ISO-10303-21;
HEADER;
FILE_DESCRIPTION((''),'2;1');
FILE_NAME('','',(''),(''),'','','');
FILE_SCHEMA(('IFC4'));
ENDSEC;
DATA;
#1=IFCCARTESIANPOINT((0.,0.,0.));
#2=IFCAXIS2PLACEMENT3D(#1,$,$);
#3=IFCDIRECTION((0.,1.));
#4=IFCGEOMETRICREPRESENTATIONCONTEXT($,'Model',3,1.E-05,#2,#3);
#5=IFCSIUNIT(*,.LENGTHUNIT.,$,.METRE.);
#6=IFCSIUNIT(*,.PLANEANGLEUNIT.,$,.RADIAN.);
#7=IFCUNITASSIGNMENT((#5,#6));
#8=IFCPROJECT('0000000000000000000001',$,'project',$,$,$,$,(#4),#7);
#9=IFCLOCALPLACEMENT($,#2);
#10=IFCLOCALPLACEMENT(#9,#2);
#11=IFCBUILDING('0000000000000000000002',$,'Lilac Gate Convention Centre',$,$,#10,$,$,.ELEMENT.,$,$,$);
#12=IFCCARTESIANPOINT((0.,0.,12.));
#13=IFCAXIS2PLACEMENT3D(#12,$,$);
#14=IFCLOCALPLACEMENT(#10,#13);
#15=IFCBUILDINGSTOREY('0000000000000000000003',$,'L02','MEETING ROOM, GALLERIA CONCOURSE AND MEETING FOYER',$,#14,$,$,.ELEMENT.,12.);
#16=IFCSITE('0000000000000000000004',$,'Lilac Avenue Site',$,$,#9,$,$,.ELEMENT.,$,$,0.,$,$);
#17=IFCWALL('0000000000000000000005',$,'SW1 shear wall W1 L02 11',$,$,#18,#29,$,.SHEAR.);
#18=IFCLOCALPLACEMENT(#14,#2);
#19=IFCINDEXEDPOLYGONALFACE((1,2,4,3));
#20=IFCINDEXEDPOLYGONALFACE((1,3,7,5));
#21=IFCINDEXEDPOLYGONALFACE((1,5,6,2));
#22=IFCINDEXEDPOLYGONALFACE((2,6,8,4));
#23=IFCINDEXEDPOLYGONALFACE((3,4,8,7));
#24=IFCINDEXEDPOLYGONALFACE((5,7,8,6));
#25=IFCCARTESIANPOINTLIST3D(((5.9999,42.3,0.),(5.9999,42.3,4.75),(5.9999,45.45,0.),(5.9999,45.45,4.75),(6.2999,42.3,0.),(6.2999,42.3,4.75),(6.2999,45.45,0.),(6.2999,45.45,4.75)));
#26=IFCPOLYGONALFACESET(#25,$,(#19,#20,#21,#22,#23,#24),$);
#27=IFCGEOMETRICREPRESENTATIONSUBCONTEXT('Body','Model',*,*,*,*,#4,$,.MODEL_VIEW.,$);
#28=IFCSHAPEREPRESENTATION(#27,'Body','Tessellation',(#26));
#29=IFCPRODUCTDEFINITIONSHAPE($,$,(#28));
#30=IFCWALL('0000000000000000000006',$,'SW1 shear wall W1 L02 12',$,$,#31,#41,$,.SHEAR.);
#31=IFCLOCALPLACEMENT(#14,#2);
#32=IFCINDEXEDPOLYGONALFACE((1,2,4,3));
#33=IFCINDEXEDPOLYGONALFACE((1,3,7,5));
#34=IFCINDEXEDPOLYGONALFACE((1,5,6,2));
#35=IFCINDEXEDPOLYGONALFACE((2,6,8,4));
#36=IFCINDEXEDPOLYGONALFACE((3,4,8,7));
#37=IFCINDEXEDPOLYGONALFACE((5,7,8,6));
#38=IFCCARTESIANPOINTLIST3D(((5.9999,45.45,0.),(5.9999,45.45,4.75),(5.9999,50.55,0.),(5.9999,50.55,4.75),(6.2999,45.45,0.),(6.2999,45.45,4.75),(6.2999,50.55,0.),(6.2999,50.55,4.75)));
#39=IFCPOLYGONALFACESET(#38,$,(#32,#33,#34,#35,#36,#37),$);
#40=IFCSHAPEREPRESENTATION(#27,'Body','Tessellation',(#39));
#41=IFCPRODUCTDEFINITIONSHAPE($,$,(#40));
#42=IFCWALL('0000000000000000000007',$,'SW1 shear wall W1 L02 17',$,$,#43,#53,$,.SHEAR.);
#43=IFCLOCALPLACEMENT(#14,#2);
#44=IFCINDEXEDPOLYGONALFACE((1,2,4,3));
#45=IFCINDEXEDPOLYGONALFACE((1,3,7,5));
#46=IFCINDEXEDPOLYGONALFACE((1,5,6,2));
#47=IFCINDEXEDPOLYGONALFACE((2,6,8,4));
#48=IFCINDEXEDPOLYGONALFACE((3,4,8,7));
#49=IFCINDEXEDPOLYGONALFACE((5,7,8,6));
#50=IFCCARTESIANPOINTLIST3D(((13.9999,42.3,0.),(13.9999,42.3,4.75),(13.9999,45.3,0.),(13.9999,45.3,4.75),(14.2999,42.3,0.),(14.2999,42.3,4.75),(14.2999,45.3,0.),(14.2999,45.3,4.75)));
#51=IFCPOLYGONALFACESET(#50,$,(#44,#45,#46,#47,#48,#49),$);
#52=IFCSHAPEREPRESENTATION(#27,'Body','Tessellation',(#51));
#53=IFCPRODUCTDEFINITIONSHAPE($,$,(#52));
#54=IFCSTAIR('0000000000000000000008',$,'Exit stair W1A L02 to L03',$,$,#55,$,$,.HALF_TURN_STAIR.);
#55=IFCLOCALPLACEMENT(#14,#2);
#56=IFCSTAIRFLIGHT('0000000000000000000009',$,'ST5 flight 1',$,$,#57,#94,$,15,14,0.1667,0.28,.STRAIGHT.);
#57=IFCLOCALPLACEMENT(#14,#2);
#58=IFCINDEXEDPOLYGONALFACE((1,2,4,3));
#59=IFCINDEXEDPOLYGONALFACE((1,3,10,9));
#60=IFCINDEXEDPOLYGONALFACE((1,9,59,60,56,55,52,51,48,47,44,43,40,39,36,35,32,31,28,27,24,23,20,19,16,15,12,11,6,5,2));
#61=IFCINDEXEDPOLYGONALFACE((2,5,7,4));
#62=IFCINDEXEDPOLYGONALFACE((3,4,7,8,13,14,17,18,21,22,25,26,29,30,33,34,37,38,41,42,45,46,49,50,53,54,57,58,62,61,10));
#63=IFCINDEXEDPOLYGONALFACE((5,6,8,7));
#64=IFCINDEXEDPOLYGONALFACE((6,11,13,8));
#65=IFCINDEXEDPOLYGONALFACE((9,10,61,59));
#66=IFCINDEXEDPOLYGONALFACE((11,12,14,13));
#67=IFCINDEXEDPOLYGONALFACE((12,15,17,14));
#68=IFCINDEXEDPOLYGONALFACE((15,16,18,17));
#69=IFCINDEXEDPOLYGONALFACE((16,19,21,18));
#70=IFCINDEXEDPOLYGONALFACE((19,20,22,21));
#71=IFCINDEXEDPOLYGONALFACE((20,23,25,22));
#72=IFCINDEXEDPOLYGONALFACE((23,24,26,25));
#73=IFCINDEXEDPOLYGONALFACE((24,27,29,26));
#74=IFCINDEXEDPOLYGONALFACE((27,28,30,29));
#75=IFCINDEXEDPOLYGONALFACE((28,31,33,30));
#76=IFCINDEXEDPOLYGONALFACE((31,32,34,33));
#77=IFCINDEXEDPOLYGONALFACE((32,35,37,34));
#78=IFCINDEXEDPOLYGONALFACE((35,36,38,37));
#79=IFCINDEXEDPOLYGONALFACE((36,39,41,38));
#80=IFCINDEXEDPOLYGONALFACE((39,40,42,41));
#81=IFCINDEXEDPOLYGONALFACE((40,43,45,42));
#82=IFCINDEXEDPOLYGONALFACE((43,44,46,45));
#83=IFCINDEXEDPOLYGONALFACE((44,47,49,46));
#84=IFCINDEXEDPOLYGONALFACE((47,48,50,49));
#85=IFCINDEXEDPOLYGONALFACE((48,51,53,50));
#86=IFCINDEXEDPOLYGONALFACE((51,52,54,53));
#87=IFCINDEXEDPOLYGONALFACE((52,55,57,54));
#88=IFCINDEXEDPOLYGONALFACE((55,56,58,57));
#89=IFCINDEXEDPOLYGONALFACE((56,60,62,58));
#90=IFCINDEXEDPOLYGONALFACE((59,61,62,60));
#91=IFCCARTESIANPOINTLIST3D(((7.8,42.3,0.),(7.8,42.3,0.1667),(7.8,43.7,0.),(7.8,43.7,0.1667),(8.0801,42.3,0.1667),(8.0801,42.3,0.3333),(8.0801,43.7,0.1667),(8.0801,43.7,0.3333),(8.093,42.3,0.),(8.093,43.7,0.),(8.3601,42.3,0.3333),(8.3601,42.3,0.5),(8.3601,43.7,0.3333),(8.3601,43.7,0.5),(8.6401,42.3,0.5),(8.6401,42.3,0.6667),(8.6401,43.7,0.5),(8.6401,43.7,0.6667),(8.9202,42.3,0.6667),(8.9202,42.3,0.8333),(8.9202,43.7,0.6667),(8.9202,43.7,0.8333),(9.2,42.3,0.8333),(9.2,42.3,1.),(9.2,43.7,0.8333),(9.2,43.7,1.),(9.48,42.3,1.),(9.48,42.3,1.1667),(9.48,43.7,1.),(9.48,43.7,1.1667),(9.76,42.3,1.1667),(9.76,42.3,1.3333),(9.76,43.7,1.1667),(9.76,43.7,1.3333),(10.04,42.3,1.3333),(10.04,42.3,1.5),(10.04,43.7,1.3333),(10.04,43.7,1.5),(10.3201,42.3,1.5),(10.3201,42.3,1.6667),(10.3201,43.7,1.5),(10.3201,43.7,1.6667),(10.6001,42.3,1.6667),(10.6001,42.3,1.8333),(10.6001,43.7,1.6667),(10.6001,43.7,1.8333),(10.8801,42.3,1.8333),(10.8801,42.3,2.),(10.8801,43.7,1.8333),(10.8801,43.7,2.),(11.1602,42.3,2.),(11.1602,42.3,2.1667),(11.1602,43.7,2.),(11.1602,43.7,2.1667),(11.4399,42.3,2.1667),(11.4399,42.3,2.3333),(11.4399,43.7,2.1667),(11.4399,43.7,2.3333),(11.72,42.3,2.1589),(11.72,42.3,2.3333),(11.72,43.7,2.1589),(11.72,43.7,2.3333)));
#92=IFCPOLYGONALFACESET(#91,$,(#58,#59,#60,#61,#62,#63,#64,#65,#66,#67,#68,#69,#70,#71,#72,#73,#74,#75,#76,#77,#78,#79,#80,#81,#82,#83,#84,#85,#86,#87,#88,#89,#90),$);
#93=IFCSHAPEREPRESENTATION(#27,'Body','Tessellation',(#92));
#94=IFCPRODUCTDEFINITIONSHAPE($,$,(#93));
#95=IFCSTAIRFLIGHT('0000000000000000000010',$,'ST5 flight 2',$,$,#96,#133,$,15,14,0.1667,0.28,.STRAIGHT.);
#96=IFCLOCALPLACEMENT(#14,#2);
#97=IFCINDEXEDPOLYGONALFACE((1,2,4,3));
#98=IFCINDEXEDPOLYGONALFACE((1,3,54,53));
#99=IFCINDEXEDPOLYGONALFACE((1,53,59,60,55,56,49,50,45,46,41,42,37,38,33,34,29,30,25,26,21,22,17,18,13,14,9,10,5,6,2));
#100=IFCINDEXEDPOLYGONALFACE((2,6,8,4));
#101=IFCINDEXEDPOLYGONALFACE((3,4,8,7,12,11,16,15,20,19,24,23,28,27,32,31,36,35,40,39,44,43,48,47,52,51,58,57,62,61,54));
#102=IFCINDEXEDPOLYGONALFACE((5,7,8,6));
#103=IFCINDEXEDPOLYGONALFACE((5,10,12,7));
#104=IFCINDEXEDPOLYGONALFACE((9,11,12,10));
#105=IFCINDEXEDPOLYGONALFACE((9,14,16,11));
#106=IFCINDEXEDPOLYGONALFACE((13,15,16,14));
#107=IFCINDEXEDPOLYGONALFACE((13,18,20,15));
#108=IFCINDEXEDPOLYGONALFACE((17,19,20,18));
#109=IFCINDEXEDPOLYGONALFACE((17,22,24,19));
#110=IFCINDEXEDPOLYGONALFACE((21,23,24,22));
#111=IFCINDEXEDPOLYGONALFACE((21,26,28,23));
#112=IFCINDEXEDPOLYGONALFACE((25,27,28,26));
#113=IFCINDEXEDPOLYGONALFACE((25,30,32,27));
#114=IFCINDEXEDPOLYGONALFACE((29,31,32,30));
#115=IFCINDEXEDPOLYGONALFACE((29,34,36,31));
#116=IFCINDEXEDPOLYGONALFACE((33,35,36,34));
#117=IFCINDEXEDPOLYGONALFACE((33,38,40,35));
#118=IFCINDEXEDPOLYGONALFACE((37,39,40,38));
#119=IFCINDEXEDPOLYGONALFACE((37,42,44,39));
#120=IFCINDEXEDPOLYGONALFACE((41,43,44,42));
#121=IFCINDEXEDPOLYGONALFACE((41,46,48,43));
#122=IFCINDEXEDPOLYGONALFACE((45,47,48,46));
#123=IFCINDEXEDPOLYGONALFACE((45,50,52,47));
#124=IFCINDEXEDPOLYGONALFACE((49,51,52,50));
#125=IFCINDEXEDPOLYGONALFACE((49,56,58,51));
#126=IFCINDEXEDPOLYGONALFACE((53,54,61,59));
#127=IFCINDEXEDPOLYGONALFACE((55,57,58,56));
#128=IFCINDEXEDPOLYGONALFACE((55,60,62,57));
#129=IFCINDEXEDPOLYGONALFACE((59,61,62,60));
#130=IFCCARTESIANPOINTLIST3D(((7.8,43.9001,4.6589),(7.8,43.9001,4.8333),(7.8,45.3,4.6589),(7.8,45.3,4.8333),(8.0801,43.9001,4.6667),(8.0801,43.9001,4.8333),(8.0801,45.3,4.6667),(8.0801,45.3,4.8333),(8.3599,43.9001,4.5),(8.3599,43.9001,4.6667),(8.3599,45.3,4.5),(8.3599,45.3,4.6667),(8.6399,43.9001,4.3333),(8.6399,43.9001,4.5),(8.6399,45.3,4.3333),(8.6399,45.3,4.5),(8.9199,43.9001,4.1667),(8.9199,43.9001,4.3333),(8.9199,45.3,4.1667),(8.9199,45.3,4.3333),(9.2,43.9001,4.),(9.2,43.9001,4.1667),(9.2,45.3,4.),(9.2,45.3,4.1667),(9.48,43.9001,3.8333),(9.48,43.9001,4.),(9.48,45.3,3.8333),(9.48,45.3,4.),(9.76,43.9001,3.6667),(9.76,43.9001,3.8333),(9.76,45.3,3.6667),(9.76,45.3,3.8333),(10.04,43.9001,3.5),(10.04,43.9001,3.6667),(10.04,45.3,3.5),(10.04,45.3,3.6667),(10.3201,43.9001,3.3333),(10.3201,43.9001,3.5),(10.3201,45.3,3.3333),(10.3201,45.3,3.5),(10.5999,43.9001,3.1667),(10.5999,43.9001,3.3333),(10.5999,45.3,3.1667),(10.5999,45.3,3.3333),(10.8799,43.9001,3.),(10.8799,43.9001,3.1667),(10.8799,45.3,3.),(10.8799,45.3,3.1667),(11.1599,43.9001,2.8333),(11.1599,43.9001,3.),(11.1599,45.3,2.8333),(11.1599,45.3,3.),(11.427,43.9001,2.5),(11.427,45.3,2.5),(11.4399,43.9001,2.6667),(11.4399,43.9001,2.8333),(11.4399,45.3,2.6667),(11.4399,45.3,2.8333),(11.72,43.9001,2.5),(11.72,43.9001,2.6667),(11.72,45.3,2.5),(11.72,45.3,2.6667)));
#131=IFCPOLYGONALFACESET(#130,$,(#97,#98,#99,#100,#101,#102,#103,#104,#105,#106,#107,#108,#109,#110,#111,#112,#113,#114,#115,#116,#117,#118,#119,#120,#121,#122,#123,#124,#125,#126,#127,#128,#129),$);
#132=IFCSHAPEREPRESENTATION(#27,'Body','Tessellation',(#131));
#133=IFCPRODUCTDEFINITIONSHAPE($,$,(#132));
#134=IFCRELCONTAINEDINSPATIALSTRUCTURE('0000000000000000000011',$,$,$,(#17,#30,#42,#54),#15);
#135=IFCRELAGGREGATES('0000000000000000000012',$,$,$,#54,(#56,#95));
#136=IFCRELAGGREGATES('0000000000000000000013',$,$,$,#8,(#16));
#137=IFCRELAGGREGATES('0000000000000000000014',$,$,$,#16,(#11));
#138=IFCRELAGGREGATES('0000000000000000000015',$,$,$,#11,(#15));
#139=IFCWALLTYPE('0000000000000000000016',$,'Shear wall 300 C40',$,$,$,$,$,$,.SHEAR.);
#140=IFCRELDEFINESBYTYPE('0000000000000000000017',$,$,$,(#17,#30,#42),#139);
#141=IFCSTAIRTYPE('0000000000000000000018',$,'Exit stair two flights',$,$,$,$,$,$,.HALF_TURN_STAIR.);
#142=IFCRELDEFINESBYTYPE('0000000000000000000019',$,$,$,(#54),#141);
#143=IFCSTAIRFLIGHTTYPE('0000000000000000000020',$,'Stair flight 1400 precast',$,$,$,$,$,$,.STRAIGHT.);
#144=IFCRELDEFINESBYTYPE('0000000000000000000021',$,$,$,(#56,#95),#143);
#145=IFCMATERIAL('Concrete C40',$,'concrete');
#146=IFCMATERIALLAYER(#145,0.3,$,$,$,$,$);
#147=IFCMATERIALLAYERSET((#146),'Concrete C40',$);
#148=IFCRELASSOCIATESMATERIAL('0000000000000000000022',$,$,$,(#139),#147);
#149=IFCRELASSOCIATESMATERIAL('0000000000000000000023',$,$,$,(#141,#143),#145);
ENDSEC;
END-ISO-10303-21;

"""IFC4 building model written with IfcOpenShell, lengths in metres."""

from ifc_helpers import new_model, si_unit, direction, frame, frame_2d, origin, place, context, subcontext, project, spatial, polyline, rectangle, outline, extrude, material, layer, layer_set, type_object, element, aggregate, save


model = new_model("IFC4")

# Units and contexts
model_context = context("Model", 3, precision=1e-05, world=origin(), true_north=direction((0.0, 1.0)))
body_context = subcontext(model_context, "Body", "Model", "MODEL_VIEW")
ifc_project = project(units=[si_unit("LENGTHUNIT", "METRE"), si_unit("PLANEANGLEUNIT", "RADIAN")], contexts=[model_context])

# Site, building, storey
site_placement = place(None, origin())
site = spatial("IfcSite", under=ifc_project, at=site_placement, Name="Lilac Avenue Site", CompositionType="ELEMENT", RefElevation=0.0)
building_placement = place(site_placement, origin())
building = spatial("IfcBuilding", under=site, at=building_placement, Name="Lilac Gate Convention Centre", CompositionType="ELEMENT")
storey_placement = place(building_placement, frame((0.0, 0.0, 12.0)))
storey = spatial("IfcBuildingStorey", under=building, at=storey_placement, Name="L02", Description="MEETING ROOM, GALLERIA CONCOURSE AND MEETING FOYER", CompositionType="ELEMENT", Elevation=12.0)

# Shared definitions
ifc_material_1 = material(Name="Concrete C40", Category="concrete")

# Shared definitions
ifc_layer_1 = layer(ifc_material_1, 0.3)
ifc_layer_set_1 = layer_set([ifc_layer_1], Name="Concrete C40")
wall_type_1 = type_object("IfcWallType", Name="Shear wall 300 C40", PredefinedType="SHEAR", material=ifc_layer_set_1)

# Walls
wall_1_placement = place(storey_placement, frame((6.1499, 42.3, 0.0), z_axis=(0.0, 0.0, 1.0), x_axis=(0.0, 1.0, 0.0)))
element("IfcWall", 1, at=wall_1_placement, inside=storey, type_object=wall_type_1, Name="SW1 shear wall W1 L02 11", PredefinedType="SHEAR", context=body_context, shape_type="SweptSolid", body=[
    extrude(rectangle(XDim=3.1499, YDim=0.3, at=frame_2d((1.575, 0.0))), origin(), (0.0, 0.0, 1.0), 4.75),
])
wall_2_placement = place(storey_placement, frame((6.1499, 45.45, 0.0), z_axis=(0.0, 0.0, 1.0), x_axis=(0.0, 1.0, 0.0)))
element("IfcWall", 2, at=wall_2_placement, inside=storey, type_object=wall_type_1, Name="SW1 shear wall W1 L02 12", PredefinedType="SHEAR", context=body_context, shape_type="SweptSolid", body=[
    extrude(rectangle(XDim=5.1001, YDim=0.3, at=frame_2d((2.55, 0.0))), origin(), (0.0, 0.0, 1.0), 4.75),
])
wall_3_placement = place(storey_placement, frame((14.1499, 42.3, 0.0), z_axis=(0.0, 0.0, 1.0), x_axis=(0.0, 1.0, 0.0)))
element("IfcWall", 3, at=wall_3_placement, inside=storey, type_object=wall_type_1, Name="SW1 shear wall W1 L02 17", PredefinedType="SHEAR", context=body_context, shape_type="SweptSolid", body=[
    extrude(rectangle(XDim=3.0, YDim=0.3, at=frame_2d((1.5, 0.0))), origin(), (0.0, 0.0, 1.0), 4.75),
])

# Stair, stair flights
stair_type = type_object("IfcStairType", Name="Exit stair two flights", PredefinedType="HALF_TURN_STAIR", material=ifc_material_1)
stair_placement = place(storey_placement, origin())
stair = element("IfcStair", 4, at=stair_placement, inside=storey, type_object=stair_type, Name="Exit stair W1A L02 to L03", PredefinedType="HALF_TURN_STAIR")
stair_flight_type = type_object("IfcStairFlightType", Name="Stair flight 1400 precast", PredefinedType="STRAIGHT", material=ifc_material_1)
stair_flight_1_placement = place(storey_placement, frame((7.8, 43.0, 0.0), z_axis=(0.0, 0.0, 1.0), x_axis=(1.0, 0.0, 0.0)))
stair_flight_1 = element("IfcStairFlight", 5, at=stair_flight_1_placement, type_object=stair_flight_type, Name="ST5 flight 1", NumberOfRisers=15, NumberOfTreads=14, PredefinedType="STRAIGHT", RiserHeight=0.1667, TreadLength=0.28, context=body_context, shape_type="SweptSolid", body=[
    extrude(outline(polyline([(0.0, 0.0), (0.0, 0.1667), (0.28, 0.1667), (0.28, 0.3333), (0.5601, 0.3333), (0.5601, 0.5), (0.8401, 0.5), (0.8401, 0.6667), (1.1201, 0.6667), (1.1201, 0.8333), (1.3999, 0.8333), (1.3999, 1.0), (1.6799, 1.0), (1.6799, 1.1667), (1.96, 1.1667), (1.96, 1.3333), (2.24, 1.3333), (2.24, 1.5), (2.52, 1.5), (2.52, 1.6667), (2.8, 1.6667), (2.8, 1.8333), (3.0801, 1.8333), (3.0801, 2.0), (3.3601, 2.0), (3.3601, 2.1667), (3.6399, 2.1667), (3.6399, 2.3333), (3.9199, 2.3333), (3.9199, 2.5), (3.9199, 2.1589), (0.293, 0.0), (0.0, 0.0)])), frame((0.0, 0.7, 0.0), z_axis=(0.0, -1.0, 0.0), x_axis=(1.0, 0.0, 0.0)), (0.0, 0.0, 1.0), 1.3999),
])
stair_flight_2_placement = place(storey_placement, frame((11.72, 44.6001, 2.5), z_axis=(0.0, 0.0, 1.0), x_axis=(-1.0, 0.0, 0.0)))
stair_flight_2 = element("IfcStairFlight", 6, at=stair_flight_2_placement, type_object=stair_flight_type, Name="ST5 flight 2", NumberOfRisers=15, NumberOfTreads=14, PredefinedType="STRAIGHT", RiserHeight=0.1667, TreadLength=0.28, context=body_context, shape_type="SweptSolid", body=[
    extrude(outline(polyline([(0.0, 0.0), (0.0, 0.1667), (0.28, 0.1667), (0.28, 0.3333), (0.5601, 0.3333), (0.5601, 0.5), (0.8401, 0.5), (0.8401, 0.6667), (1.1201, 0.6667), (1.1201, 0.8333), (1.3999, 0.8333), (1.3999, 1.0), (1.6799, 1.0), (1.6799, 1.1667), (1.96, 1.1667), (1.96, 1.3333), (2.24, 1.3333), (2.24, 1.5), (2.52, 1.5), (2.52, 1.6667), (2.8, 1.6667), (2.8, 1.8333), (3.0801, 1.8333), (3.0801, 2.0), (3.3601, 2.0), (3.3601, 2.1667), (3.6399, 2.1667), (3.6399, 2.3333), (3.9199, 2.3333), (3.9199, 2.5), (3.9199, 2.1589), (0.293, 0.0), (0.0, 0.0)])), frame((0.0, 0.7, 0.0), z_axis=(0.0, -1.0, 0.0), x_axis=(1.0, 0.0, 0.0)), (0.0, 0.0, 1.0), 1.3999),
])
aggregate(stair, [stair_flight_1, stair_flight_2])

save(model, "model.ifc")
